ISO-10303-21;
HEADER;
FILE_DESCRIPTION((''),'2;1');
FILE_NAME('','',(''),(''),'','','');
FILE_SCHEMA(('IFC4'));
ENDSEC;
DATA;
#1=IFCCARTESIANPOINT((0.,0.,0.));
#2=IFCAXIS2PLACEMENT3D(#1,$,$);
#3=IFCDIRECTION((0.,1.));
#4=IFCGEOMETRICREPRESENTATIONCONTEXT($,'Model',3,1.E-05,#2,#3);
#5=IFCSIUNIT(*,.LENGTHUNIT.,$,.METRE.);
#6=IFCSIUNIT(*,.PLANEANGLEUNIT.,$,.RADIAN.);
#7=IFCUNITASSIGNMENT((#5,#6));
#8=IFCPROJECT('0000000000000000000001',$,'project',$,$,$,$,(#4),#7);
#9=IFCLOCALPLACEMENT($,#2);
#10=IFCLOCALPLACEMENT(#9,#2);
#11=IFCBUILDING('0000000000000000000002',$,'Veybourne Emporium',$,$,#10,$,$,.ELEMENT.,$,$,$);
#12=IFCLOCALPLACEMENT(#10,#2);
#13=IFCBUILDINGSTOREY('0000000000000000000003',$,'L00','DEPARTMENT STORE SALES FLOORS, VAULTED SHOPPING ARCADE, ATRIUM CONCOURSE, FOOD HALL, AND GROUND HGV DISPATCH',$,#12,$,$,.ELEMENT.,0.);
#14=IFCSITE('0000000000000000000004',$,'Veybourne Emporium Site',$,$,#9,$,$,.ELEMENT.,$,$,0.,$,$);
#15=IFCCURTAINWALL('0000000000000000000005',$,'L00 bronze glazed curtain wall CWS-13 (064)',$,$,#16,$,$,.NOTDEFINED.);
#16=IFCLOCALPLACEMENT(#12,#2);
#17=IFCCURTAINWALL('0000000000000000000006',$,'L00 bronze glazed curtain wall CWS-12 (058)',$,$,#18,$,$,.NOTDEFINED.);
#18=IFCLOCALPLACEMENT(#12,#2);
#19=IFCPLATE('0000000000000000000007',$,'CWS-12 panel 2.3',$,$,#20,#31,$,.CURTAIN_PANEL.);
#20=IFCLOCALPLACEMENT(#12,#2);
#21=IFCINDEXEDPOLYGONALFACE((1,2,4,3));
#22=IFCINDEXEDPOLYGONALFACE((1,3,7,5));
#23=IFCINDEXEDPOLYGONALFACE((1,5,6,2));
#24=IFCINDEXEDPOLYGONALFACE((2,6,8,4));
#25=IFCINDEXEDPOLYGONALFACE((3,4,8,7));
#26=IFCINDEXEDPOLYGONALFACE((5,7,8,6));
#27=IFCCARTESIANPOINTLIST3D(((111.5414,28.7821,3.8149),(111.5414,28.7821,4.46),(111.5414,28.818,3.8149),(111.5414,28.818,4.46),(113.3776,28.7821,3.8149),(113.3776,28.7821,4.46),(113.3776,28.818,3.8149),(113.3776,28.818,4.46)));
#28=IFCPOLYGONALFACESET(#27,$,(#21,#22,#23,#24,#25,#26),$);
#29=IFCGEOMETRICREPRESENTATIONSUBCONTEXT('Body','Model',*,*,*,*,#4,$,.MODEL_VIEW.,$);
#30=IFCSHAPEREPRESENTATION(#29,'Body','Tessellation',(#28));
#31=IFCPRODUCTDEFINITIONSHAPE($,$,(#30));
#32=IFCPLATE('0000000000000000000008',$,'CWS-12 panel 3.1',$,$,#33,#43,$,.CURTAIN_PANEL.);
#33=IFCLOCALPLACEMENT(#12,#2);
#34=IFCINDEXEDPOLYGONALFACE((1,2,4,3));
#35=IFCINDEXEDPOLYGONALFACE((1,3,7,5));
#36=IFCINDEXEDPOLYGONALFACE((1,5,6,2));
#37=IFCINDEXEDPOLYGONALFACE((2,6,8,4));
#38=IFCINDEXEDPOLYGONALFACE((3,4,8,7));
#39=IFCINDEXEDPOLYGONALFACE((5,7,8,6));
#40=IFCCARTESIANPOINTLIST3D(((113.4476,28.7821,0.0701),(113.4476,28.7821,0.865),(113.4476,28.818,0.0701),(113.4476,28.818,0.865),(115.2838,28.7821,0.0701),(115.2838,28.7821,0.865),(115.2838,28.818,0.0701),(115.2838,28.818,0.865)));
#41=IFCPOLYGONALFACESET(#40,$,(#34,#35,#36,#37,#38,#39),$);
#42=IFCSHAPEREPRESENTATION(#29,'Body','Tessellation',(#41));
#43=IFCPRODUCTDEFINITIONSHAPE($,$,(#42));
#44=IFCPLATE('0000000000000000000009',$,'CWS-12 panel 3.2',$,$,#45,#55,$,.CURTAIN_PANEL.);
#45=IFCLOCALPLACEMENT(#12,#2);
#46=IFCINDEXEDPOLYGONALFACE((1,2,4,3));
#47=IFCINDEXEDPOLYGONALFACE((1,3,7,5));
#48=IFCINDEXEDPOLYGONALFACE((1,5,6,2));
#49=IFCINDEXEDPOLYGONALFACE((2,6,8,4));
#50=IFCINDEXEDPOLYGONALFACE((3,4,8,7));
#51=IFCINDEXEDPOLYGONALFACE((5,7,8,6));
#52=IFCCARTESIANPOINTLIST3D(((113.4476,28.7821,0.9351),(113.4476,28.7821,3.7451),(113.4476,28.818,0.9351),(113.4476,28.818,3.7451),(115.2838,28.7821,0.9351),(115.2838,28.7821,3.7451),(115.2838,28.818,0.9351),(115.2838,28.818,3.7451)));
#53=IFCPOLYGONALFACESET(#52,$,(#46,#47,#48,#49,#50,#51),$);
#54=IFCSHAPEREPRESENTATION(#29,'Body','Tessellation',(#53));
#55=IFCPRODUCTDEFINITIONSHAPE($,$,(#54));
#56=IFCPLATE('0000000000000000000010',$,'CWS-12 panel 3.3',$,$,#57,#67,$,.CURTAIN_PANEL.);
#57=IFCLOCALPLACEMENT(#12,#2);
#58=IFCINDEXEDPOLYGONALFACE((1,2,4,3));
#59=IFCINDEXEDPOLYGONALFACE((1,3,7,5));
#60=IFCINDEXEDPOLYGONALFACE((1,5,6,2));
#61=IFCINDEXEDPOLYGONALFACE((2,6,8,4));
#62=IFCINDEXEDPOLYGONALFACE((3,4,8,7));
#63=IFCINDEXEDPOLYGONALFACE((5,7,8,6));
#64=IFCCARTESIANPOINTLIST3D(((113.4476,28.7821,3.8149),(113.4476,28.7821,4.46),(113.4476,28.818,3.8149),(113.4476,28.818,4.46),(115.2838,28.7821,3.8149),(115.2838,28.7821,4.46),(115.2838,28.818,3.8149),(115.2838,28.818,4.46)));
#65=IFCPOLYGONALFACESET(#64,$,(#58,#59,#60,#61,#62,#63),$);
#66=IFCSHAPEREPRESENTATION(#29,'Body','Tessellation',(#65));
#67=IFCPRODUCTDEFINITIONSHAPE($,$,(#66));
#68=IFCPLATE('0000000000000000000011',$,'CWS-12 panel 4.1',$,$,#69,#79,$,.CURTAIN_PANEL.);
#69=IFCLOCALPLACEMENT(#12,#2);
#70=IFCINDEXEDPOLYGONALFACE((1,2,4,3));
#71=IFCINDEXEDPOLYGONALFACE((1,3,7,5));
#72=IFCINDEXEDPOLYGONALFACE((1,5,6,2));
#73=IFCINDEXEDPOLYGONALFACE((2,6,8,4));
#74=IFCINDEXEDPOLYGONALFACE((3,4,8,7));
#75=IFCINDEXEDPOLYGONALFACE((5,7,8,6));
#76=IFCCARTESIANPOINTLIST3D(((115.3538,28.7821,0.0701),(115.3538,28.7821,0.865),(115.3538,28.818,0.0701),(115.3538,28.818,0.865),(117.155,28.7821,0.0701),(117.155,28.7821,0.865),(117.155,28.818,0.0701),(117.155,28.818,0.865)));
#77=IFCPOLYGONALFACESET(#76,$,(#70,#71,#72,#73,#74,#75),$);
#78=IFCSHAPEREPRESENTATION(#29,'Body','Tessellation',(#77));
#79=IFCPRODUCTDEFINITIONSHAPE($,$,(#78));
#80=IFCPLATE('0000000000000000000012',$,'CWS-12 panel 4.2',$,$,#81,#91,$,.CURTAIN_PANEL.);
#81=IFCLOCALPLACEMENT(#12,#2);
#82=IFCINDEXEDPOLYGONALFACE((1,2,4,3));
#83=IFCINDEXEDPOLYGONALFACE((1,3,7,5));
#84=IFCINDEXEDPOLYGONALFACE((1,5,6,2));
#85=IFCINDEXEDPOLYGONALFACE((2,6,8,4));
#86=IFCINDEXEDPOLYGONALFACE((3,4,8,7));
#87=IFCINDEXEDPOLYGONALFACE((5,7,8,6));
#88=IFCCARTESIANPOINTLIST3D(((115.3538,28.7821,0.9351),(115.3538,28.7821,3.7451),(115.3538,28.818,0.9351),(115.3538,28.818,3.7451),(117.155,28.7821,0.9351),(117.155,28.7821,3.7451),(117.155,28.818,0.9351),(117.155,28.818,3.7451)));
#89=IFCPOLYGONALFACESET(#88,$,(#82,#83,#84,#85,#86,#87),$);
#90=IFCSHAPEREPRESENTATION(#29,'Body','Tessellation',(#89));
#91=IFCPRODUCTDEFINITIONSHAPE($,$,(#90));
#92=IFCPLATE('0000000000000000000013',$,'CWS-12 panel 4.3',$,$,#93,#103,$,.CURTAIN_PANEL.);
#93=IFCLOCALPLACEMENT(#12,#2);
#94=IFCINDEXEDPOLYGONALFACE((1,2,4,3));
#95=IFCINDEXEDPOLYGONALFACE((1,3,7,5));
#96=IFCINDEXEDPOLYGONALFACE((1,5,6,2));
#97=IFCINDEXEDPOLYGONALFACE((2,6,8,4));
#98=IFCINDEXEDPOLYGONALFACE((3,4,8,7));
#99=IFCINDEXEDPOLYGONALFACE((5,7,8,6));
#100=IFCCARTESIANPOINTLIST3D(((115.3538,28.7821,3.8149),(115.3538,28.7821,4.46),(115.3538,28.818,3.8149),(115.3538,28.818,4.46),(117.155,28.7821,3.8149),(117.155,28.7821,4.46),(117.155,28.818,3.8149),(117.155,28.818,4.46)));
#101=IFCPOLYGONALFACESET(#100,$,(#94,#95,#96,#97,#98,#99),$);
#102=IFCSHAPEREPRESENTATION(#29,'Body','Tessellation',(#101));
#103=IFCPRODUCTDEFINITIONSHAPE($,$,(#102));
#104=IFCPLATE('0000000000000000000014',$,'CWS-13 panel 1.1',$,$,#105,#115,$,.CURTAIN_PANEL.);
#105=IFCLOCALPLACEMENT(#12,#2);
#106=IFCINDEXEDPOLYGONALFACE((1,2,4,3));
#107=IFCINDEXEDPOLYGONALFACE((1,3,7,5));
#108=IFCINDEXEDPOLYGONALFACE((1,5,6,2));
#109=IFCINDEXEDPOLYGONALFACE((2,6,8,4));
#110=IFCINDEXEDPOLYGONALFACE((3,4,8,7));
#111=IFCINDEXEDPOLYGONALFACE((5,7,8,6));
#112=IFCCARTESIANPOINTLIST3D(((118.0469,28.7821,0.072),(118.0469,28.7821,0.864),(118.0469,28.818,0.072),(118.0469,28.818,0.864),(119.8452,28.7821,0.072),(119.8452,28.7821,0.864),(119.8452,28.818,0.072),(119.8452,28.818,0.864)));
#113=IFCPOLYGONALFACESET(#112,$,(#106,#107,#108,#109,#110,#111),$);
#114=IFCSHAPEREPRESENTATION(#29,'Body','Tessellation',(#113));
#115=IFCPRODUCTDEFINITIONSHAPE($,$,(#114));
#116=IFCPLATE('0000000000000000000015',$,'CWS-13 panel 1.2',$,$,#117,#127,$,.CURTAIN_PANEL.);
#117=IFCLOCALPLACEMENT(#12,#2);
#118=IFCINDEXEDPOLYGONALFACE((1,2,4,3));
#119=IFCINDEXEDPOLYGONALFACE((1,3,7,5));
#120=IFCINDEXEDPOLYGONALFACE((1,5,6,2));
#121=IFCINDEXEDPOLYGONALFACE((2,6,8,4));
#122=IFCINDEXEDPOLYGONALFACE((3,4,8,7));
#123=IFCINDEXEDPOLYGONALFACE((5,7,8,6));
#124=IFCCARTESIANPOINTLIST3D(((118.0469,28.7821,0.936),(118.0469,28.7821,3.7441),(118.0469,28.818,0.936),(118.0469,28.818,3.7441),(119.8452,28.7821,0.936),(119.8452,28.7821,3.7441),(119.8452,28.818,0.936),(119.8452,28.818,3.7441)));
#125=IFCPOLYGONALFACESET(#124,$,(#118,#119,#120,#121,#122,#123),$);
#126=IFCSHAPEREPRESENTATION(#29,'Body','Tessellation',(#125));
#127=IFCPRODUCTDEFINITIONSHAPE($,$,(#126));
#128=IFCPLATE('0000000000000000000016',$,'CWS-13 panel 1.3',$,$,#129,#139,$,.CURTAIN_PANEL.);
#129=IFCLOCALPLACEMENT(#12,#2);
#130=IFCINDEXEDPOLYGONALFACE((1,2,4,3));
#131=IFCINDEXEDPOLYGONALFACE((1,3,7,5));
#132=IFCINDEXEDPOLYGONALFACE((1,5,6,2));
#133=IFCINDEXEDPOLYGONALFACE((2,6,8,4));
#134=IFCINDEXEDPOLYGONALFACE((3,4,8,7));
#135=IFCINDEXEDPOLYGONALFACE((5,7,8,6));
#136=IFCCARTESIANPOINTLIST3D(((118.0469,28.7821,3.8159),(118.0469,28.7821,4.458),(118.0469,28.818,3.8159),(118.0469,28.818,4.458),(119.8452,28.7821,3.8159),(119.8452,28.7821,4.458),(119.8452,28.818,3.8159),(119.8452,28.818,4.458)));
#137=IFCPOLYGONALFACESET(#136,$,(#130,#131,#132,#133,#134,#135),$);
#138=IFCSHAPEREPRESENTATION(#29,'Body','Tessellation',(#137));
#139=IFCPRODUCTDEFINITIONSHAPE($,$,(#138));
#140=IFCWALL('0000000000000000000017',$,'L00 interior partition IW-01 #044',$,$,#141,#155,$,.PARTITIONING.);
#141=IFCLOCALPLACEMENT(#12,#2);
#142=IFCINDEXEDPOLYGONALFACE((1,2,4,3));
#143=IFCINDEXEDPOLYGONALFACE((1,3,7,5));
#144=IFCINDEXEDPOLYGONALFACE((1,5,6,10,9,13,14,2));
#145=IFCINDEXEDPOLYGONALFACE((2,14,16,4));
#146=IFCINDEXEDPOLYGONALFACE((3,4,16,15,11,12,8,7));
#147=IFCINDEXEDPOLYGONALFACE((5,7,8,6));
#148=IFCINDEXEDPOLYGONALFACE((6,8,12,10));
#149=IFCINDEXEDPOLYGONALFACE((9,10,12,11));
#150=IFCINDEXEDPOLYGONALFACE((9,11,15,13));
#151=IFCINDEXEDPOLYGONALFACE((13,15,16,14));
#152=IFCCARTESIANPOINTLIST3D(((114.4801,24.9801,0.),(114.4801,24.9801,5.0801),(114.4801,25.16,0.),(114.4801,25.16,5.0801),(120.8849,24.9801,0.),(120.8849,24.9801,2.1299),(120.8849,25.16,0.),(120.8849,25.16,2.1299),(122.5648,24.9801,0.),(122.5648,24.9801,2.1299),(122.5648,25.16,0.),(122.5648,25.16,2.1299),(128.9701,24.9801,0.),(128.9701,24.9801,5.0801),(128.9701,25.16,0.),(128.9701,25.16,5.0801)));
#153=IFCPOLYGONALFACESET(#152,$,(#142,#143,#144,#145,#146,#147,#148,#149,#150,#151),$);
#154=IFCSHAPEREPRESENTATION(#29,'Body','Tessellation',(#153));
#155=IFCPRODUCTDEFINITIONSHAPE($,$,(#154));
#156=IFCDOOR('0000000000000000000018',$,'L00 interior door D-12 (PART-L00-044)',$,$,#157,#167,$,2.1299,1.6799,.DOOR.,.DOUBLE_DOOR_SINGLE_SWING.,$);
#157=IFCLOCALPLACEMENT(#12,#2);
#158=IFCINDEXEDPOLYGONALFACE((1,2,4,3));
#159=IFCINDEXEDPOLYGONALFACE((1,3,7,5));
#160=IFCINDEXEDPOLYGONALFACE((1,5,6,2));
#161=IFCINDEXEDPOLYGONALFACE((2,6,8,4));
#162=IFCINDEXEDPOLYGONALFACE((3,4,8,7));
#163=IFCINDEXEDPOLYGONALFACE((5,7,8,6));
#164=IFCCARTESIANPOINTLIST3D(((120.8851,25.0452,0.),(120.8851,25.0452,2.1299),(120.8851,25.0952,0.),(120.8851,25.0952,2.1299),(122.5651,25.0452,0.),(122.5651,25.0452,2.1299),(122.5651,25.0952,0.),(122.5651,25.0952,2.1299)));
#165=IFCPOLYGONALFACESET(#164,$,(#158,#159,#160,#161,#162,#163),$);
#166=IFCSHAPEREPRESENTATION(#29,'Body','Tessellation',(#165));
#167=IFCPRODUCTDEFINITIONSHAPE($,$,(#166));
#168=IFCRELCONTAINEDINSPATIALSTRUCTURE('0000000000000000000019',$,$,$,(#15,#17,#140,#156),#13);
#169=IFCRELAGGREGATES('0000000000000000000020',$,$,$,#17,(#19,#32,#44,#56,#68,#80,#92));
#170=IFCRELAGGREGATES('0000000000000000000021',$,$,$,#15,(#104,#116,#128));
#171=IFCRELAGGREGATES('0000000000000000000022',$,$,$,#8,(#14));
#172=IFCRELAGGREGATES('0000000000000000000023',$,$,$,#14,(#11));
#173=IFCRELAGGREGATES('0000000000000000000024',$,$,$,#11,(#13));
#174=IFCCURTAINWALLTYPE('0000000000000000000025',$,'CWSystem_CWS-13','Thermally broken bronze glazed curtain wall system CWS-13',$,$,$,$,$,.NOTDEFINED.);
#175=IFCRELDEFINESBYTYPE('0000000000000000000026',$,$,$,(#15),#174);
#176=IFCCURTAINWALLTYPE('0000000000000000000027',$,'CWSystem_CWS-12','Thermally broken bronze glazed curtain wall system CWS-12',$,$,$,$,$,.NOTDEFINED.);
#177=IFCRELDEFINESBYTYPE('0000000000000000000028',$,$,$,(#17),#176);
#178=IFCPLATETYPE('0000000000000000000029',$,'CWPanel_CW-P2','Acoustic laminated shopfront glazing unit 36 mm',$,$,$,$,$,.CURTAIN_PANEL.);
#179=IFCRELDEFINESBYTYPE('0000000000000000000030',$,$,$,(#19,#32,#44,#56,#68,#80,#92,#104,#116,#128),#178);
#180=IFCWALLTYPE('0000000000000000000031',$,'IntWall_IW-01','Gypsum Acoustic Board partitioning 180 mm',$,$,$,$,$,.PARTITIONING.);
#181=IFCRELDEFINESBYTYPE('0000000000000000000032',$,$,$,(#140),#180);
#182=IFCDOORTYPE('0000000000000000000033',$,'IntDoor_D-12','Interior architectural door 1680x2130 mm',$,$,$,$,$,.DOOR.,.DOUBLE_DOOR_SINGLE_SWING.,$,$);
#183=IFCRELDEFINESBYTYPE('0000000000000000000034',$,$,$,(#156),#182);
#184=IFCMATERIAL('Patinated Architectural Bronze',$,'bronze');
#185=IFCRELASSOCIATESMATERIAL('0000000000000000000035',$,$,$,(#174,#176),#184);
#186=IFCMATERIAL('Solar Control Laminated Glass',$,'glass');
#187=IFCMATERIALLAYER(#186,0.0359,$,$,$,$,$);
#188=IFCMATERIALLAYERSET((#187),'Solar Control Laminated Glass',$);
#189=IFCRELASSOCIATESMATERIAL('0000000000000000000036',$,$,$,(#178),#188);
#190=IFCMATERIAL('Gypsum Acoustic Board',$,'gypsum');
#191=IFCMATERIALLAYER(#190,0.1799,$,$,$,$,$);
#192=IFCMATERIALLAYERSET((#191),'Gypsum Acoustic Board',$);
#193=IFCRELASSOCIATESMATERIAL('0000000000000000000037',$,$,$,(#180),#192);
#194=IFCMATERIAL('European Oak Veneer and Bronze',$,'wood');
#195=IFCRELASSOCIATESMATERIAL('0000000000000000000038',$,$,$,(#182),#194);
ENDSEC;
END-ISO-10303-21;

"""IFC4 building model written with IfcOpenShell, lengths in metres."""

from ifc_helpers import new_model, si_unit, direction, frame, frame_2d, origin, origin_2d, place, context, subcontext, project, spatial, rectangle, extrude, material, layer, layer_set, type_object, element, fill, aggregate, save


model = new_model("IFC4")

# Units and contexts
model_context = context("Model", 3, precision=1e-05, world=origin(), true_north=direction((0.0, 1.0)))
body_context = subcontext(model_context, "Body", "Model", "MODEL_VIEW")
ifc_project = project(units=[si_unit("LENGTHUNIT", "METRE"), si_unit("PLANEANGLEUNIT", "RADIAN")], contexts=[model_context])

# Site, building, storey
site_placement = place(None, origin())
site = spatial("IfcSite", under=ifc_project, at=site_placement, Name="Veybourne Emporium Site", CompositionType="ELEMENT", RefElevation=0.0)
building_placement = place(site_placement, origin())
building = spatial("IfcBuilding", under=site, at=building_placement, Name="Veybourne Emporium", CompositionType="ELEMENT")
storey_placement = place(building_placement, origin())
storey = spatial("IfcBuildingStorey", under=building, at=storey_placement, Name="L00", Description="DEPARTMENT STORE SALES FLOORS, VAULTED SHOPPING ARCADE, ATRIUM CONCOURSE, FOOD HALL, AND GROUND HGV DISPATCH", CompositionType="ELEMENT", Elevation=0.0)

# Curtain wall
ifc_material_1 = material(Name="Patinated Architectural Bronze", Category="bronze")
curtain_wall_type_1 = type_object("IfcCurtainWallType", Name="CWSystem_CWS-13", Description="Thermally broken bronze glazed curtain wall system CWS-13", PredefinedType="NOTDEFINED", material=ifc_material_1)
curtain_wall_1_placement = place(storey_placement, origin())
curtain_wall_1 = element("IfcCurtainWall", 1, at=curtain_wall_1_placement, inside=storey, type_object=curtain_wall_type_1, Name="L00 bronze glazed curtain wall CWS-13 (064)", PredefinedType="NOTDEFINED")

# Curtain wall
curtain_wall_type_2 = type_object("IfcCurtainWallType", Name="CWSystem_CWS-12", Description="Thermally broken bronze glazed curtain wall system CWS-12", PredefinedType="NOTDEFINED", material=ifc_material_1)
curtain_wall_2_placement = place(storey_placement, origin())
curtain_wall_2 = element("IfcCurtainWall", 2, at=curtain_wall_2_placement, inside=storey, type_object=curtain_wall_type_2, Name="L00 bronze glazed curtain wall CWS-12 (058)", PredefinedType="NOTDEFINED")

# Plates
ifc_material_2 = material(Name="Solar Control Laminated Glass", Category="glass")
ifc_layer_1 = layer(ifc_material_2, 0.0359)
ifc_layer_set_1 = layer_set([ifc_layer_1], Name="Solar Control Laminated Glass")
plate_type = type_object("IfcPlateType", Name="CWPanel_CW-P2", Description="Acoustic laminated shopfront glazing unit 36 mm", PredefinedType="CURTAIN_PANEL", material=ifc_layer_set_1)
plate_1_placement = place(storey_placement, frame((112.4595, 28.8, 3.8149), z_axis=(0.0, 0.0, 1.0), x_axis=(1.0, 0.0, 0.0)))
plate_1 = element("IfcPlate", 3, at=plate_1_placement, type_object=plate_type, Name="CWS-12 panel 2.3", PredefinedType="CURTAIN_PANEL", context=body_context, shape_type="SweptSolid", body=[
    extrude(rectangle(XDim=1.8362, YDim=0.0359, at=origin_2d()), origin(), (0.0, 0.0, 1.0), 0.645),
])
plate_2_placement = place(storey_placement, frame((114.3657, 28.8, 0.0701), z_axis=(0.0, 0.0, 1.0), x_axis=(1.0, 0.0, 0.0)))
plate_2 = element("IfcPlate", 4, at=plate_2_placement, type_object=plate_type, Name="CWS-12 panel 3.1", PredefinedType="CURTAIN_PANEL", context=body_context, shape_type="SweptSolid", body=[
    extrude(rectangle(XDim=1.8362, YDim=0.0359, at=origin_2d()), origin(), (0.0, 0.0, 1.0), 0.7949),
])
plate_3_placement = place(storey_placement, frame((114.3657, 28.8, 0.9351), z_axis=(0.0, 0.0, 1.0), x_axis=(1.0, 0.0, 0.0)))
plate_3 = element("IfcPlate", 5, at=plate_3_placement, type_object=plate_type, Name="CWS-12 panel 3.2", PredefinedType="CURTAIN_PANEL", context=body_context, shape_type="SweptSolid", body=[
    extrude(rectangle(XDim=1.8362, YDim=0.0359, at=origin_2d()), origin(), (0.0, 0.0, 1.0), 2.8101),
])
plate_4_placement = place(storey_placement, frame((114.3657, 28.8, 3.8149), z_axis=(0.0, 0.0, 1.0), x_axis=(1.0, 0.0, 0.0)))
plate_4 = element("IfcPlate", 6, at=plate_4_placement, type_object=plate_type, Name="CWS-12 panel 3.3", PredefinedType="CURTAIN_PANEL", context=body_context, shape_type="SweptSolid", body=[
    extrude(rectangle(XDim=1.8362, YDim=0.0359, at=origin_2d()), origin(), (0.0, 0.0, 1.0), 0.645),
])
plate_5_placement = place(storey_placement, frame((116.2544, 28.8, 0.0701), z_axis=(0.0, 0.0, 1.0), x_axis=(1.0, 0.0, 0.0)))
plate_5 = element("IfcPlate", 7, at=plate_5_placement, type_object=plate_type, Name="CWS-12 panel 4.1", PredefinedType="CURTAIN_PANEL", context=body_context, shape_type="SweptSolid", body=[
    extrude(rectangle(XDim=1.8013, YDim=0.0359, at=origin_2d()), origin(), (0.0, 0.0, 1.0), 0.7949),
])
plate_6_placement = place(storey_placement, frame((116.2544, 28.8, 0.9351), z_axis=(0.0, 0.0, 1.0), x_axis=(1.0, 0.0, 0.0)))
plate_6 = element("IfcPlate", 8, at=plate_6_placement, type_object=plate_type, Name="CWS-12 panel 4.2", PredefinedType="CURTAIN_PANEL", context=body_context, shape_type="SweptSolid", body=[
    extrude(rectangle(XDim=1.8013, YDim=0.0359, at=origin_2d()), origin(), (0.0, 0.0, 1.0), 2.8101),
])
plate_7_placement = place(storey_placement, frame((116.2544, 28.8, 3.8149), z_axis=(0.0, 0.0, 1.0), x_axis=(1.0, 0.0, 0.0)))
plate_7 = element("IfcPlate", 9, at=plate_7_placement, type_object=plate_type, Name="CWS-12 panel 4.3", PredefinedType="CURTAIN_PANEL", context=body_context, shape_type="SweptSolid", body=[
    extrude(rectangle(XDim=1.8013, YDim=0.0359, at=origin_2d()), origin(), (0.0, 0.0, 1.0), 0.645),
])
aggregate(curtain_wall_2, [plate_1, plate_2, plate_3, plate_4, plate_5, plate_6, plate_7])
plate_8_placement = place(storey_placement, frame((118.946, 28.8, 0.072), z_axis=(0.0, 0.0, 1.0), x_axis=(1.0, 0.0, 0.0)))
plate_8 = element("IfcPlate", 10, at=plate_8_placement, type_object=plate_type, Name="CWS-13 panel 1.1", PredefinedType="CURTAIN_PANEL", context=body_context, shape_type="SweptSolid", body=[
    extrude(rectangle(XDim=1.7983, YDim=0.0359, at=origin_2d()), origin(), (0.0, 0.0, 1.0), 0.792),
])
plate_9_placement = place(storey_placement, frame((118.946, 28.8, 0.936), z_axis=(0.0, 0.0, 1.0), x_axis=(1.0, 0.0, 0.0)))
plate_9 = element("IfcPlate", 11, at=plate_9_placement, type_object=plate_type, Name="CWS-13 panel 1.2", PredefinedType="CURTAIN_PANEL", context=body_context, shape_type="SweptSolid", body=[
    extrude(rectangle(XDim=1.7983, YDim=0.0359, at=origin_2d()), origin(), (0.0, 0.0, 1.0), 2.8081),
])
plate_10_placement = place(storey_placement, frame((118.946, 28.8, 3.8159), z_axis=(0.0, 0.0, 1.0), x_axis=(1.0, 0.0, 0.0)))
plate_10 = element("IfcPlate", 12, at=plate_10_placement, type_object=plate_type, Name="CWS-13 panel 1.3", PredefinedType="CURTAIN_PANEL", context=body_context, shape_type="SweptSolid", body=[
    extrude(rectangle(XDim=1.7983, YDim=0.0359, at=origin_2d()), origin(), (0.0, 0.0, 1.0), 0.6421),
])
aggregate(curtain_wall_1, [plate_8, plate_9, plate_10])

# Wall, opening, door
ifc_material_3 = material(Name="Gypsum Acoustic Board", Category="gypsum")
ifc_layer_2 = layer(ifc_material_3, 0.1799)
ifc_layer_set_2 = layer_set([ifc_layer_2], Name="Gypsum Acoustic Board")
wall_type = type_object("IfcWallType", Name="IntWall_IW-01", Description="Gypsum Acoustic Board partitioning 180 mm", PredefinedType="PARTITIONING", material=ifc_layer_set_2)
wall_placement = place(storey_placement, frame((114.48, 25.0701, 0.0), z_axis=(0.0, 0.0, 1.0), x_axis=(1.0, 0.0, 0.0)))
wall = element("IfcWall", 13, at=wall_placement, inside=storey, type_object=wall_type, Name="L00 interior partition IW-01 #044", PredefinedType="PARTITIONING", context=body_context, shape_type="SweptSolid", body=[
    extrude(rectangle(XDim=14.49, YDim=0.1799, at=frame_2d((7.2451, 0.0))), origin(), (0.0, 0.0, 1.0), 5.0801),
])
opening_placement = place(wall_placement, frame((6.405, 0.0, 0.0)))
opening = element("IfcOpeningElement", 14, at=opening_placement, cuts=wall, PredefinedType="OPENING", context=body_context, shape_type="SweptSolid", body=[
    extrude(rectangle(XDim=1.6799, YDim=2.1299, at=frame_2d((0.8398, 1.0649))), frame((0.0, 0.1099, 0.0), z_axis=(0.0, -1.0, 0.0), x_axis=(1.0, 0.0, 0.0)), (0.0, 0.0, 1.0), 0.22),
])
ifc_material_4 = material(Name="European Oak Veneer and Bronze", Category="wood")
door_type = type_object("IfcDoorType", Name="IntDoor_D-12", Description="Interior architectural door 1680x2130 mm", OperationType="DOUBLE_DOOR_SINGLE_SWING", PredefinedType="DOOR", material=ifc_material_4)
door_placement = place(opening_placement, frame((1.6799, 0.0, 0.0), z_axis=(0.0, 0.0, 1.0), x_axis=(-1.0, 0.0, 0.0)))
door = element("IfcDoor", 15, at=door_placement, inside=storey, type_object=door_type, Name="L00 interior door D-12 (PART-L00-044)", OperationType="DOUBLE_DOOR_SINGLE_SWING", OverallHeight=2.1299, OverallWidth=1.6799, PredefinedType="DOOR", context=body_context, shape_type="SweptSolid", body=[
    extrude(rectangle(XDim=1.6799, YDim=2.1299, at=frame_2d((0.8398, 1.0649))), frame((0.0, 0.0249, 0.0), z_axis=(0.0, -1.0, 0.0), x_axis=(1.0, 0.0, 0.0)), (0.0, 0.0, 1.0), 0.05),
])
fill(opening, door)

save(model, "model.ifc")
